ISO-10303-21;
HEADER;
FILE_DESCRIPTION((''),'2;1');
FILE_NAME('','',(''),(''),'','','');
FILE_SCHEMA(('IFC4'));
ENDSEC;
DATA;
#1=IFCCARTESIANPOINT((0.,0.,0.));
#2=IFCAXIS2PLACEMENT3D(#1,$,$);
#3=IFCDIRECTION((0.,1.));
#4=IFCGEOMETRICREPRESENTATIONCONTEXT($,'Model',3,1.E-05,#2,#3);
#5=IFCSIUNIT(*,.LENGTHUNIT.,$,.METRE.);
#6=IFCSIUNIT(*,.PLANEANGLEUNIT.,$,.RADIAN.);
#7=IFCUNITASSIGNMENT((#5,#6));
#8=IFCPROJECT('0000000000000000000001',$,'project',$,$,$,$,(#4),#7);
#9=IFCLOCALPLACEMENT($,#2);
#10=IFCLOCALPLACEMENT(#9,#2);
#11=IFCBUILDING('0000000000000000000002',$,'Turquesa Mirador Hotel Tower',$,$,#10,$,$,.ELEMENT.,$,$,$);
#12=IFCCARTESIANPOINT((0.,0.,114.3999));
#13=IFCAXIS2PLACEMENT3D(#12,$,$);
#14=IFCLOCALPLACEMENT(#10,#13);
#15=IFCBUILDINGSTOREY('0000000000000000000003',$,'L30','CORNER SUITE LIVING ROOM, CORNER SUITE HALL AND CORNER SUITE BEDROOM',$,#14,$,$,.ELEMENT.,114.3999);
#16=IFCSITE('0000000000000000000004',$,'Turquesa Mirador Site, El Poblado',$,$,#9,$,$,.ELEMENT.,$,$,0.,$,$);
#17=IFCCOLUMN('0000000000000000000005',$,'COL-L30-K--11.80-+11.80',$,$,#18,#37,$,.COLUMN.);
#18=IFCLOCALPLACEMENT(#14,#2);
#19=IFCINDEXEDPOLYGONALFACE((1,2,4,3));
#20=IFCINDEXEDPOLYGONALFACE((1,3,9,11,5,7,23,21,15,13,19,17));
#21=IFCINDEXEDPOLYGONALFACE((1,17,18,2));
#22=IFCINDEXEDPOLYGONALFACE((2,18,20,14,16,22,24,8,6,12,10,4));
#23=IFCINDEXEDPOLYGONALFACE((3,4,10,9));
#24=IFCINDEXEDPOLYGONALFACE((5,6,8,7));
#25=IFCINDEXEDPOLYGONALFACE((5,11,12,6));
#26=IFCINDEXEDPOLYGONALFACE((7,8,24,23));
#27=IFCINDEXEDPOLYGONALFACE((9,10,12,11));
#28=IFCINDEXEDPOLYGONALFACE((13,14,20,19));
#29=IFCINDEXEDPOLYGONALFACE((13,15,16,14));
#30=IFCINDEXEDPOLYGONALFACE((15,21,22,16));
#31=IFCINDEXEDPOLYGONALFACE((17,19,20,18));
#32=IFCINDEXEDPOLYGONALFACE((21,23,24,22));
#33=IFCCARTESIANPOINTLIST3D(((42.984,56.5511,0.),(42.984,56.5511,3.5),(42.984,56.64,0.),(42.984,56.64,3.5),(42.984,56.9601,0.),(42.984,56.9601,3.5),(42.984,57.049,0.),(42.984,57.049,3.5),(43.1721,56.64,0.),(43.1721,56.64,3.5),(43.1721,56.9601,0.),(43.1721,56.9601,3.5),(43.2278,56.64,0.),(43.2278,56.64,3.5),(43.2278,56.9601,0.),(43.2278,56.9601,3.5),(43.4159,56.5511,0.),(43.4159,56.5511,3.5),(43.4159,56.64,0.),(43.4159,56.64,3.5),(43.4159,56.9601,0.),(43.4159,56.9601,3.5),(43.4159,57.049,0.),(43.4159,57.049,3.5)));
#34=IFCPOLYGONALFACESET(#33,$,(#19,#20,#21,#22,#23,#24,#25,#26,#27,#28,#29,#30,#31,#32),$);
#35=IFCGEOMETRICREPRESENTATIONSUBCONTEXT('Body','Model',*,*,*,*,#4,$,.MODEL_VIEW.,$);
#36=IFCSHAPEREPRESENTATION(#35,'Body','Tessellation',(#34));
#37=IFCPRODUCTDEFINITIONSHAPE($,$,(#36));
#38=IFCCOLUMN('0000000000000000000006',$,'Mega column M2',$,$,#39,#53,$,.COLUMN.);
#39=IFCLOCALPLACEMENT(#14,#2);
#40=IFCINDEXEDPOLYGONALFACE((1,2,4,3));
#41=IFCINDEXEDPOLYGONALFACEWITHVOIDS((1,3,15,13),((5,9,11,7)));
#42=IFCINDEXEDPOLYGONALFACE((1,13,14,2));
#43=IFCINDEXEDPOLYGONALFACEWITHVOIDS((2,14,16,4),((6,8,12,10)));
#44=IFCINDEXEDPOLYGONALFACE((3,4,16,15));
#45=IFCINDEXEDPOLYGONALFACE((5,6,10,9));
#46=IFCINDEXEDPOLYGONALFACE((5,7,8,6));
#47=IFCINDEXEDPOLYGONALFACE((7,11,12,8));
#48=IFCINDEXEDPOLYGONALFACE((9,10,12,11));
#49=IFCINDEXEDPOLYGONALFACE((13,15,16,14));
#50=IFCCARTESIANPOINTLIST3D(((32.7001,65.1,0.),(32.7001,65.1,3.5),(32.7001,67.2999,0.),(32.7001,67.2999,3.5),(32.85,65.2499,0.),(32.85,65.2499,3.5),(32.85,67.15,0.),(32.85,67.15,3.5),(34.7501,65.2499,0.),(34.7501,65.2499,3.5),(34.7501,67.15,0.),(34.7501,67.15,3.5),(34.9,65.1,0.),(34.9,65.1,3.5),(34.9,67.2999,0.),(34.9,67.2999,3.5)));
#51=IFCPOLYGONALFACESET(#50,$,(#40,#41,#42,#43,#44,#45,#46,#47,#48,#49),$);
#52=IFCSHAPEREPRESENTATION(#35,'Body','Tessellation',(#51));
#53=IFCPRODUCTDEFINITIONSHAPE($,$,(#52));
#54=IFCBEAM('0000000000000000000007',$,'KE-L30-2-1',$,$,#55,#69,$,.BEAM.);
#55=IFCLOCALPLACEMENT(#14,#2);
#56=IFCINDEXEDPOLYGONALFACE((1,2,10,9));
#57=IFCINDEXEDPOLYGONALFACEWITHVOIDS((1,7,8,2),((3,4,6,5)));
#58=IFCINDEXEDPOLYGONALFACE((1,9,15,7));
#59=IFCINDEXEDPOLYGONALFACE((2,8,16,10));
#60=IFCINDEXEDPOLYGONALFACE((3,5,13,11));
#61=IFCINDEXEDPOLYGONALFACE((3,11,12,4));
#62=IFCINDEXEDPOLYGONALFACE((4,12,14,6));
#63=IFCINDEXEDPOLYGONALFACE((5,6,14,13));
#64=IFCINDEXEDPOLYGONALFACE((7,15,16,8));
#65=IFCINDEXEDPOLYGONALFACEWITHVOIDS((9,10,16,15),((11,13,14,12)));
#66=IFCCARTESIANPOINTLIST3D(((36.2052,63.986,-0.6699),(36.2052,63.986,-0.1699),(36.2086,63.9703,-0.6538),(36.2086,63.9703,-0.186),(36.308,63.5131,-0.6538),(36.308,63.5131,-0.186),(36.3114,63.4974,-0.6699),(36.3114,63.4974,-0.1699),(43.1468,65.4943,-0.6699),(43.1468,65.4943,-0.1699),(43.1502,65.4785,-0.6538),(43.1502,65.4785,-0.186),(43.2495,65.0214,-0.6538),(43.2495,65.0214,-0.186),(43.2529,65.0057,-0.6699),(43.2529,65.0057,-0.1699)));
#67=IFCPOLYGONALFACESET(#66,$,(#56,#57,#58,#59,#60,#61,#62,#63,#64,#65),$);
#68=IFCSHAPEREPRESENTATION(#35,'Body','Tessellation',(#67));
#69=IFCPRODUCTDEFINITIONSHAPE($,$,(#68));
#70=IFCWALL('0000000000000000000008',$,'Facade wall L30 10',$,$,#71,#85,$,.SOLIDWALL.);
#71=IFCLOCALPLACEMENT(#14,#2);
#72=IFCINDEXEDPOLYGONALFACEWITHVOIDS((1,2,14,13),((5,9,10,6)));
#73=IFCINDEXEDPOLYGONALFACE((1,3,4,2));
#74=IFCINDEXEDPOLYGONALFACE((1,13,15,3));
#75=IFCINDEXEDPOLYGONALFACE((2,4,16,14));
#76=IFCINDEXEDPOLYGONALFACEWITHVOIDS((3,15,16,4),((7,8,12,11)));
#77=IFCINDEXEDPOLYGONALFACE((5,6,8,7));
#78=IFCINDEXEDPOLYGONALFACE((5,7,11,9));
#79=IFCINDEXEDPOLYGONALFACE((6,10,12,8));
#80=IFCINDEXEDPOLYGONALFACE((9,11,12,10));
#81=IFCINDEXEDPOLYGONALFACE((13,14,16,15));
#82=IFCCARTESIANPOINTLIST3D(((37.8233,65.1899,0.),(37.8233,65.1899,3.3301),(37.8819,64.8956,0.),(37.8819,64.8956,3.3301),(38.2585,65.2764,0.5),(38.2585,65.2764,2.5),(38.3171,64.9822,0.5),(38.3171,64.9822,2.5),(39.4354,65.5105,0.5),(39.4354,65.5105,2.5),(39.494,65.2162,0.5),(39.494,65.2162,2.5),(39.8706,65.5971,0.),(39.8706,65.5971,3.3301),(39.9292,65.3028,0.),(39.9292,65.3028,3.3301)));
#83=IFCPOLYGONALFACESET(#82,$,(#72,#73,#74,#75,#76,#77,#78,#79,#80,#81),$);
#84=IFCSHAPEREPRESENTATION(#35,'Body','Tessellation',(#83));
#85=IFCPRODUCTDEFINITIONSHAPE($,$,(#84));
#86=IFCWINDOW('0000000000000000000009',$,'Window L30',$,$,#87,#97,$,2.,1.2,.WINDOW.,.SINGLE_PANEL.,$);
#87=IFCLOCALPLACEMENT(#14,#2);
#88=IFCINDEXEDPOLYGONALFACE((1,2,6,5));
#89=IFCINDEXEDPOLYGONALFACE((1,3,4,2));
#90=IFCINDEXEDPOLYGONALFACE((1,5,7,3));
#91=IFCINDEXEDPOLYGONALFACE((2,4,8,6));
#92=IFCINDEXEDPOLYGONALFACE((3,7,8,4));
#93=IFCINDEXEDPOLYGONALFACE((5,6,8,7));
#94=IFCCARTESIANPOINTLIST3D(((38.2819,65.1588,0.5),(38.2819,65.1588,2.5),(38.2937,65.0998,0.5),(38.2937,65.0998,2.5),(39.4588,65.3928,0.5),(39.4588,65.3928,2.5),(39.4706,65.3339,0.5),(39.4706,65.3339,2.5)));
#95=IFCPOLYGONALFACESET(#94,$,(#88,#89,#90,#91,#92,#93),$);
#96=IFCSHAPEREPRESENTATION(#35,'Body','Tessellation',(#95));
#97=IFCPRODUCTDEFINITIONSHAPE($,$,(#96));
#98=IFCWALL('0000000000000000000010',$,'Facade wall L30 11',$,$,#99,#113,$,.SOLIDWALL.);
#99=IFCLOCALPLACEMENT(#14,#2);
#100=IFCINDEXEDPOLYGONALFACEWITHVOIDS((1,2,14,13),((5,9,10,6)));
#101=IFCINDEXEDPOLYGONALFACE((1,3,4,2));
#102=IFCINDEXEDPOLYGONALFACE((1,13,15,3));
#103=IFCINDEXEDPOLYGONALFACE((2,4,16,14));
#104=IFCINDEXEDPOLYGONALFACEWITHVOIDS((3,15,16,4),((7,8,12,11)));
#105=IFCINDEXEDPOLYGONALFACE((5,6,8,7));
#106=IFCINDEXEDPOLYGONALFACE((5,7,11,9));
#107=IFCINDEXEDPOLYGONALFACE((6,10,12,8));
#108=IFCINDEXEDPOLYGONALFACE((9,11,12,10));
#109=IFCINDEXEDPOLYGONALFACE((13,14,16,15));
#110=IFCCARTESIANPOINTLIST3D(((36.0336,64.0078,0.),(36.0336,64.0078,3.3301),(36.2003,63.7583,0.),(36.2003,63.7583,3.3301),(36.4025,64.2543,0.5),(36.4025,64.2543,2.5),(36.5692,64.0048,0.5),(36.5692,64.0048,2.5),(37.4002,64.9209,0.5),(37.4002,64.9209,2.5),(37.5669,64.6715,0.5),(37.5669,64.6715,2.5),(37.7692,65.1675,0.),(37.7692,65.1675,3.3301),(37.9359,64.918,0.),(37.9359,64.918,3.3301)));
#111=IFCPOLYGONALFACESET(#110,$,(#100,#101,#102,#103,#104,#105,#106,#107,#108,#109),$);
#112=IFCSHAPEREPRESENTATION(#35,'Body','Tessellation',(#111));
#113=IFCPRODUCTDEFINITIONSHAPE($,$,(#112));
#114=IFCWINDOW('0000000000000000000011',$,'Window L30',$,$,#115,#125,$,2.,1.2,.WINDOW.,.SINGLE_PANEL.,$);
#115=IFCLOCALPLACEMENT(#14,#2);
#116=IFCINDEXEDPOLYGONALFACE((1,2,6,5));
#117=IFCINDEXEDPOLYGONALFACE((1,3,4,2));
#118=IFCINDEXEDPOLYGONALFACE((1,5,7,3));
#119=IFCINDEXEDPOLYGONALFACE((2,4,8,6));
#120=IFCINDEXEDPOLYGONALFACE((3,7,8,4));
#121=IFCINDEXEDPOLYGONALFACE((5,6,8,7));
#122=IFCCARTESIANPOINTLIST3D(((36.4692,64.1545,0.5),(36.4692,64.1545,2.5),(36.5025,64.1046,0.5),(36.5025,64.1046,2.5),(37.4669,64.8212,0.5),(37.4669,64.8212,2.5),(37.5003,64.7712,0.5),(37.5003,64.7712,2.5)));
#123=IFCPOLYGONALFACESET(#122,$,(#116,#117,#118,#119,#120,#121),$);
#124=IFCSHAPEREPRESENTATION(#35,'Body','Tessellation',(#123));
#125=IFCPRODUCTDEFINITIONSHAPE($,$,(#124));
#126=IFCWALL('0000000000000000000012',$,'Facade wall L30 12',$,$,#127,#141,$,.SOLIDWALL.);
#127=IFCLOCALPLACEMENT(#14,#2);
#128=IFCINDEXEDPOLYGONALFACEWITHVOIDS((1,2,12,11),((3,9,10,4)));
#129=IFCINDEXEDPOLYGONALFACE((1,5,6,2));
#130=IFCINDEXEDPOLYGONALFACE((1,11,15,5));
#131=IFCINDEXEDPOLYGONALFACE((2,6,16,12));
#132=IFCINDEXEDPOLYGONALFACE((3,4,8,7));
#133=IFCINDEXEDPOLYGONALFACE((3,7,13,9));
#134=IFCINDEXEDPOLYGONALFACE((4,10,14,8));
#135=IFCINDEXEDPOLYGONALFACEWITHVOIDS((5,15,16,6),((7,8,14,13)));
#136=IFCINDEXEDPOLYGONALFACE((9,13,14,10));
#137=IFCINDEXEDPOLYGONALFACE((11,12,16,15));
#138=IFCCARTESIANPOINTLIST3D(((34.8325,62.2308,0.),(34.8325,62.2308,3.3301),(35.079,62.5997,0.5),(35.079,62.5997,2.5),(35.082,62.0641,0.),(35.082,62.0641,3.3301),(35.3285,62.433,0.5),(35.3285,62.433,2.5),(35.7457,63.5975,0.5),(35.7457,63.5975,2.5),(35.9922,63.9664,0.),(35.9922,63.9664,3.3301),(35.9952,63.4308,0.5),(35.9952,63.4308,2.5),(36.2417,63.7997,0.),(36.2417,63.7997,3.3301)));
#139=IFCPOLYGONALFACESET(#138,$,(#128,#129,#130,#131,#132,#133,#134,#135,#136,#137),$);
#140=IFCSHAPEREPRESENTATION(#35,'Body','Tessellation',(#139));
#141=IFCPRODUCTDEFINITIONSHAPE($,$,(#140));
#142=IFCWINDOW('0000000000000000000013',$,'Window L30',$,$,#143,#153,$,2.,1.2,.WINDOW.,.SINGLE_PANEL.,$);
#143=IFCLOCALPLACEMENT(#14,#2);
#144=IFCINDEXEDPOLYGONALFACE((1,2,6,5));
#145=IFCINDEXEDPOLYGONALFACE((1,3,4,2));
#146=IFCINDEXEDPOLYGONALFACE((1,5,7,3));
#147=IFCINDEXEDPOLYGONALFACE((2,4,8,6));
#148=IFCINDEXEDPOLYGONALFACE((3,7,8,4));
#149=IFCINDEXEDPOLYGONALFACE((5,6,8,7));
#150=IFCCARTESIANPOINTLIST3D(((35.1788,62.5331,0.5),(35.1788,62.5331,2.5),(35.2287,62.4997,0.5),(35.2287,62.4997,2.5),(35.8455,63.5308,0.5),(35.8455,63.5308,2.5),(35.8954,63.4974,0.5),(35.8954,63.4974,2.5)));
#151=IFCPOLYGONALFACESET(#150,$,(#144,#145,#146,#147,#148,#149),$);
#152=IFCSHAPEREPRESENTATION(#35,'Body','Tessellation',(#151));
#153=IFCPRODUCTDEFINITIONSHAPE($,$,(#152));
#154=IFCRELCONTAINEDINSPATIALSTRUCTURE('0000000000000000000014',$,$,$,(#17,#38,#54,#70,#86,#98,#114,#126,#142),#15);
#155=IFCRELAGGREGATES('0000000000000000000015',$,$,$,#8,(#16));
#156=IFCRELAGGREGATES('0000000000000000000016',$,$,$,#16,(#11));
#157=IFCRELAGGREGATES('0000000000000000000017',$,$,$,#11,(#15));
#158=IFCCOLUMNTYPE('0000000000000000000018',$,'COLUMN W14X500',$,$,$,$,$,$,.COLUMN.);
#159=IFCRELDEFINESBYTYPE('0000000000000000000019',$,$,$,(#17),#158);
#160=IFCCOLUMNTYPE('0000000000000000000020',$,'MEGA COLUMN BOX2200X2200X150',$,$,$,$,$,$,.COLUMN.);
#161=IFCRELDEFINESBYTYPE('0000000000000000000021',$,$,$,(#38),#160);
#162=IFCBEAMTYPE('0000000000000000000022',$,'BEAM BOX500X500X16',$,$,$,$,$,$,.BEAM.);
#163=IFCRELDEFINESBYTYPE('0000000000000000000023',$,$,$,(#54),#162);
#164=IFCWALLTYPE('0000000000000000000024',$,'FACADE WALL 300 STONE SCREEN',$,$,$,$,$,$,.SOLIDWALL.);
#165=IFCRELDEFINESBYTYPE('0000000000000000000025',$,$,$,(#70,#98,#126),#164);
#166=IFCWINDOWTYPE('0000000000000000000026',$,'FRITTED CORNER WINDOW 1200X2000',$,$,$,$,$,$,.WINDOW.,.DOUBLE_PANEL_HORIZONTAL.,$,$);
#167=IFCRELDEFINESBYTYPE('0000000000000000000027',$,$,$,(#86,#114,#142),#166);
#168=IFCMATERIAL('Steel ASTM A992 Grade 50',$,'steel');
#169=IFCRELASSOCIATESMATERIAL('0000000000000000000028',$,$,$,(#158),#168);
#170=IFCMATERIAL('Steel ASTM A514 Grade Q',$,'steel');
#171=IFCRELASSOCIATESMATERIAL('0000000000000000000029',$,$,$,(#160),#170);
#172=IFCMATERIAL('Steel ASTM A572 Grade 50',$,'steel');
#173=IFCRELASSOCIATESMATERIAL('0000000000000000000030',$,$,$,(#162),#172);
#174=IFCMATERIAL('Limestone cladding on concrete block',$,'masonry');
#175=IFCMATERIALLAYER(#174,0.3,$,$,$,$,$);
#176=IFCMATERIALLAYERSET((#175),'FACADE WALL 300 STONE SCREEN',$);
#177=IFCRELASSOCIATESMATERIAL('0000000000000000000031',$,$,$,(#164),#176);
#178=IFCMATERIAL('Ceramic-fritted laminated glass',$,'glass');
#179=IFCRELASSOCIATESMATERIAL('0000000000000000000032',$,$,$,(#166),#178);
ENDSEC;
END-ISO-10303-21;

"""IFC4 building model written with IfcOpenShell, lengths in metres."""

from ifc_helpers import new_model, si_unit, direction, frame, frame_2d, origin, origin_2d, place, context, subcontext, project, spatial, rectangle, hollow_rectangle, i_section, extrude, material, layer, layer_set, material_profile, profile_set, type_object, element, fill, save


model = new_model("IFC4")

# Units and contexts
model_context = context("Model", 3, precision=1e-05, world=origin(), true_north=direction((0.0, 1.0)))
body_context = subcontext(model_context, "Body", "Model", "MODEL_VIEW")
ifc_project = project(units=[si_unit("LENGTHUNIT", "METRE"), si_unit("PLANEANGLEUNIT", "RADIAN")], contexts=[model_context])

# Site, building, storey
site_placement = place(None, origin())
site = spatial("IfcSite", under=ifc_project, at=site_placement, Name="Turquesa Mirador Site, El Poblado", CompositionType="ELEMENT", RefElevation=0.0)
building_placement = place(site_placement, origin())
building = spatial("IfcBuilding", under=site, at=building_placement, Name="Turquesa Mirador Hotel Tower", CompositionType="ELEMENT")
storey_placement = place(building_placement, frame((0.0, 0.0, 114.3999)))
storey = spatial("IfcBuildingStorey", under=building, at=storey_placement, Name="L30", Description="CORNER SUITE LIVING ROOM, CORNER SUITE HALL AND CORNER SUITE BEDROOM", CompositionType="ELEMENT", Elevation=114.3999)

# Columns
ifc_material_1 = material(Name="Steel ASTM A992 Grade 50", Category="steel")
ifc_material_profile_1 = material_profile(ifc_material_1, i_section(OverallWidth=0.4319, OverallDepth=0.4978, WebThickness=0.0557, FlangeThickness=0.0889, at=origin_2d()), Name="W14X500")
ifc_profile_set_1 = profile_set([ifc_material_profile_1], Name="Steel ASTM A992 Grade 50")
column_type_1 = type_object("IfcColumnType", Name="COLUMN W14X500", PredefinedType="COLUMN", material=ifc_profile_set_1)
column_1_placement = place(storey_placement, frame((43.2, 56.8, 0.0), z_axis=(0.0, 0.0, 1.0), x_axis=(1.0, 0.0, 0.0)))
element("IfcColumn", 1, at=column_1_placement, inside=storey, type_object=column_type_1, Name="COL-L30-K--11.80-+11.80", PredefinedType="COLUMN", context=body_context, shape_type="SweptSolid", body=[
    extrude(i_section(OverallWidth=0.4319, OverallDepth=0.4978, WebThickness=0.0557, FlangeThickness=0.0889, at=origin_2d()), origin(), (0.0, 0.0, 1.0), 3.5),
])
ifc_material_2 = material(Name="Steel ASTM A514 Grade Q", Category="steel")
ifc_material_profile_2 = material_profile(ifc_material_2, hollow_rectangle(XDim=2.2, YDim=2.2, WallThickness=0.1499, at=origin_2d()), Name="BOX2200X2200X150")
ifc_profile_set_2 = profile_set([ifc_material_profile_2], Name="Steel ASTM A514 Grade Q")
column_type_2 = type_object("IfcColumnType", Name="MEGA COLUMN BOX2200X2200X150", PredefinedType="COLUMN", material=ifc_profile_set_2)
column_2_placement = place(storey_placement, frame((33.8, 66.2, 0.0), z_axis=(0.0, 0.0, 1.0), x_axis=(1.0, 0.0, 0.0)))
element("IfcColumn", 2, at=column_2_placement, inside=storey, type_object=column_type_2, Name="Mega column M2", PredefinedType="COLUMN", context=body_context, shape_type="SweptSolid", body=[
    extrude(hollow_rectangle(XDim=2.2, YDim=2.2, WallThickness=0.1499, at=origin_2d()), origin(), (0.0, 0.0, 1.0), 3.5),
])

# Beam
ifc_material_3 = material(Name="Steel ASTM A572 Grade 50", Category="steel")
ifc_material_profile_3 = material_profile(ifc_material_3, hollow_rectangle(XDim=0.5, YDim=0.5, WallThickness=0.0161, at=origin_2d()), Name="BOX500X500X16")
ifc_profile_set_3 = profile_set([ifc_material_profile_3], Name="Steel ASTM A572 Grade 50")
beam_type = type_object("IfcBeamType", Name="BEAM BOX500X500X16", PredefinedType="BEAM", material=ifc_profile_set_3)
beam_placement = place(storey_placement, frame((36.2583, 63.7417, -0.4199), z_axis=(0.977198, 0.212328, 0.0), x_axis=(-0.212328, 0.977198, 0.0)))
element("IfcBeam", 3, at=beam_placement, inside=storey, type_object=beam_type, Name="KE-L30-2-1", PredefinedType="BEAM", context=body_context, shape_type="SweptSolid", body=[
    extrude(hollow_rectangle(XDim=0.5, YDim=0.5, WallThickness=0.0161, at=origin_2d()), origin(), (0.0, 0.0, 1.0), 7.1035),
])

# Walls, openings, windows
ifc_material_4 = material(Name="Limestone cladding on concrete block", Category="masonry")
ifc_layer = layer(ifc_material_4, 0.3)
ifc_layer_set = layer_set([ifc_layer], Name="FACADE WALL 300 STONE SCREEN")
wall_type = type_object("IfcWallType", Name="FACADE WALL 300 STONE SCREEN", PredefinedType="SOLIDWALL", material=ifc_layer_set)
wall_1_placement = place(storey_placement, frame((39.8999, 65.45, 0.0), z_axis=(0.0, 0.0, 1.0), x_axis=(-0.980787, -0.195081, 0.0)))
wall_1 = element("IfcWall", 4, at=wall_1_placement, inside=storey, type_object=wall_type, Name="Facade wall L30 10", PredefinedType="SOLIDWALL", context=body_context, shape_type="SweptSolid", body=[
    extrude(rectangle(XDim=2.0874, YDim=0.3, at=frame_2d((1.0437, 0.0))), origin(), (0.0, 0.0, 1.0), 3.3301),
])
opening_1_placement = place(wall_1_placement, frame((0.4436, 0.0, 0.5)))
opening_1 = element("IfcOpeningElement", 5, at=opening_1_placement, cuts=wall_1, PredefinedType="OPENING", context=body_context, shape_type="SweptSolid", body=[
    extrude(rectangle(XDim=1.2, YDim=2.0, at=frame_2d((0.6001, 1.0))), frame((0.0, 0.1599, 0.0), z_axis=(0.0, -1.0, 0.0), x_axis=(1.0, 0.0, 0.0)), (0.0, 0.0, 1.0), 0.3201),
])
ifc_material_5 = material(Name="Ceramic-fritted laminated glass", Category="glass")
window_type_1 = type_object("IfcWindowType", Name="FRITTED CORNER WINDOW 1200X2000", PartitioningType="DOUBLE_PANEL_HORIZONTAL", PredefinedType="WINDOW", material=ifc_material_5)
window_1_placement = place(opening_1_placement, origin())
window_1 = element("IfcWindow", 6, at=window_1_placement, inside=storey, type_object=window_type_1, Name="Window L30", OverallHeight=2.0, OverallWidth=1.2, PartitioningType="SINGLE_PANEL", PredefinedType="WINDOW", context=body_context, shape_type="SweptSolid", body=[
    extrude(rectangle(XDim=1.2, YDim=2.0, at=frame_2d((0.6001, 1.0))), frame((0.0, 0.03, 0.0), z_axis=(0.0, -1.0, 0.0), x_axis=(1.0, 0.0, 0.0)), (0.0, 0.0, 1.0), 0.0601),
])
fill(opening_1, window_1)
wall_2_placement = place(storey_placement, frame((37.8525, 65.0427, 0.0), z_axis=(0.0, 0.0, 1.0), x_axis=(-0.831474, -0.555564, 0.0)))
wall_2 = element("IfcWall", 7, at=wall_2_placement, inside=storey, type_object=wall_type, Name="Facade wall L30 11", PredefinedType="SOLIDWALL", context=body_context, shape_type="SweptSolid", body=[
    extrude(rectangle(XDim=2.0874, YDim=0.3, at=frame_2d((1.0437, 0.0))), origin(), (0.0, 0.0, 1.0), 3.3301),
])
opening_2_placement = place(wall_2_placement, frame((0.4436, 0.0, 0.5)))
opening_2 = element("IfcOpeningElement", 8, at=opening_2_placement, cuts=wall_2, PredefinedType="OPENING", context=body_context, shape_type="SweptSolid", body=[
    extrude(rectangle(XDim=1.2, YDim=2.0, at=frame_2d((0.6001, 1.0))), frame((0.0, 0.1599, 0.0), z_axis=(0.0, -1.0, 0.0), x_axis=(1.0, 0.0, 0.0)), (0.0, 0.0, 1.0), 0.3201),
])
window_2_placement = place(opening_2_placement, origin())
window_2 = element("IfcWindow", 9, at=window_2_placement, inside=storey, type_object=window_type_1, Name="Window L30", OverallHeight=2.0, OverallWidth=1.2, PartitioningType="SINGLE_PANEL", PredefinedType="WINDOW", context=body_context, shape_type="SweptSolid", body=[
    extrude(rectangle(XDim=1.2, YDim=2.0, at=frame_2d((0.6001, 1.0))), frame((0.0, 0.03, 0.0), z_axis=(0.0, -1.0, 0.0), x_axis=(1.0, 0.0, 0.0)), (0.0, 0.0, 1.0), 0.0601),
])
fill(opening_2, window_2)
wall_3_placement = place(storey_placement, frame((36.1169, 63.8831, 0.0), z_axis=(0.0, 0.0, 1.0), x_axis=(-0.555564, -0.831474, 0.0)))
wall_3 = element("IfcWall", 10, at=wall_3_placement, inside=storey, type_object=wall_type, Name="Facade wall L30 12", PredefinedType="SOLIDWALL", context=body_context, shape_type="SweptSolid", body=[
    extrude(rectangle(XDim=2.0874, YDim=0.3, at=frame_2d((1.0437, 0.0))), origin(), (0.0, 0.0, 1.0), 3.3301),
])
opening_3_placement = place(wall_3_placement, frame((0.4436, 0.0, 0.5)))
opening_3 = element("IfcOpeningElement", 11, at=opening_3_placement, cuts=wall_3, PredefinedType="OPENING", context=body_context, shape_type="SweptSolid", body=[
    extrude(rectangle(XDim=1.2, YDim=2.0, at=frame_2d((0.6001, 1.0))), frame((0.0, 0.1599, 0.0), z_axis=(0.0, -1.0, 0.0), x_axis=(1.0, 0.0, 0.0)), (0.0, 0.0, 1.0), 0.3201),
])
window_3_placement = place(opening_3_placement, origin())
window_3 = element("IfcWindow", 12, at=window_3_placement, inside=storey, type_object=window_type_1, Name="Window L30", OverallHeight=2.0, OverallWidth=1.2, PartitioningType="SINGLE_PANEL", PredefinedType="WINDOW", context=body_context, shape_type="SweptSolid", body=[
    extrude(rectangle(XDim=1.2, YDim=2.0, at=frame_2d((0.6001, 1.0))), frame((0.0, 0.03, 0.0), z_axis=(0.0, -1.0, 0.0), x_axis=(1.0, 0.0, 0.0)), (0.0, 0.0, 1.0), 0.0601),
])
fill(opening_3, window_3)

save(model, "model.ifc")
